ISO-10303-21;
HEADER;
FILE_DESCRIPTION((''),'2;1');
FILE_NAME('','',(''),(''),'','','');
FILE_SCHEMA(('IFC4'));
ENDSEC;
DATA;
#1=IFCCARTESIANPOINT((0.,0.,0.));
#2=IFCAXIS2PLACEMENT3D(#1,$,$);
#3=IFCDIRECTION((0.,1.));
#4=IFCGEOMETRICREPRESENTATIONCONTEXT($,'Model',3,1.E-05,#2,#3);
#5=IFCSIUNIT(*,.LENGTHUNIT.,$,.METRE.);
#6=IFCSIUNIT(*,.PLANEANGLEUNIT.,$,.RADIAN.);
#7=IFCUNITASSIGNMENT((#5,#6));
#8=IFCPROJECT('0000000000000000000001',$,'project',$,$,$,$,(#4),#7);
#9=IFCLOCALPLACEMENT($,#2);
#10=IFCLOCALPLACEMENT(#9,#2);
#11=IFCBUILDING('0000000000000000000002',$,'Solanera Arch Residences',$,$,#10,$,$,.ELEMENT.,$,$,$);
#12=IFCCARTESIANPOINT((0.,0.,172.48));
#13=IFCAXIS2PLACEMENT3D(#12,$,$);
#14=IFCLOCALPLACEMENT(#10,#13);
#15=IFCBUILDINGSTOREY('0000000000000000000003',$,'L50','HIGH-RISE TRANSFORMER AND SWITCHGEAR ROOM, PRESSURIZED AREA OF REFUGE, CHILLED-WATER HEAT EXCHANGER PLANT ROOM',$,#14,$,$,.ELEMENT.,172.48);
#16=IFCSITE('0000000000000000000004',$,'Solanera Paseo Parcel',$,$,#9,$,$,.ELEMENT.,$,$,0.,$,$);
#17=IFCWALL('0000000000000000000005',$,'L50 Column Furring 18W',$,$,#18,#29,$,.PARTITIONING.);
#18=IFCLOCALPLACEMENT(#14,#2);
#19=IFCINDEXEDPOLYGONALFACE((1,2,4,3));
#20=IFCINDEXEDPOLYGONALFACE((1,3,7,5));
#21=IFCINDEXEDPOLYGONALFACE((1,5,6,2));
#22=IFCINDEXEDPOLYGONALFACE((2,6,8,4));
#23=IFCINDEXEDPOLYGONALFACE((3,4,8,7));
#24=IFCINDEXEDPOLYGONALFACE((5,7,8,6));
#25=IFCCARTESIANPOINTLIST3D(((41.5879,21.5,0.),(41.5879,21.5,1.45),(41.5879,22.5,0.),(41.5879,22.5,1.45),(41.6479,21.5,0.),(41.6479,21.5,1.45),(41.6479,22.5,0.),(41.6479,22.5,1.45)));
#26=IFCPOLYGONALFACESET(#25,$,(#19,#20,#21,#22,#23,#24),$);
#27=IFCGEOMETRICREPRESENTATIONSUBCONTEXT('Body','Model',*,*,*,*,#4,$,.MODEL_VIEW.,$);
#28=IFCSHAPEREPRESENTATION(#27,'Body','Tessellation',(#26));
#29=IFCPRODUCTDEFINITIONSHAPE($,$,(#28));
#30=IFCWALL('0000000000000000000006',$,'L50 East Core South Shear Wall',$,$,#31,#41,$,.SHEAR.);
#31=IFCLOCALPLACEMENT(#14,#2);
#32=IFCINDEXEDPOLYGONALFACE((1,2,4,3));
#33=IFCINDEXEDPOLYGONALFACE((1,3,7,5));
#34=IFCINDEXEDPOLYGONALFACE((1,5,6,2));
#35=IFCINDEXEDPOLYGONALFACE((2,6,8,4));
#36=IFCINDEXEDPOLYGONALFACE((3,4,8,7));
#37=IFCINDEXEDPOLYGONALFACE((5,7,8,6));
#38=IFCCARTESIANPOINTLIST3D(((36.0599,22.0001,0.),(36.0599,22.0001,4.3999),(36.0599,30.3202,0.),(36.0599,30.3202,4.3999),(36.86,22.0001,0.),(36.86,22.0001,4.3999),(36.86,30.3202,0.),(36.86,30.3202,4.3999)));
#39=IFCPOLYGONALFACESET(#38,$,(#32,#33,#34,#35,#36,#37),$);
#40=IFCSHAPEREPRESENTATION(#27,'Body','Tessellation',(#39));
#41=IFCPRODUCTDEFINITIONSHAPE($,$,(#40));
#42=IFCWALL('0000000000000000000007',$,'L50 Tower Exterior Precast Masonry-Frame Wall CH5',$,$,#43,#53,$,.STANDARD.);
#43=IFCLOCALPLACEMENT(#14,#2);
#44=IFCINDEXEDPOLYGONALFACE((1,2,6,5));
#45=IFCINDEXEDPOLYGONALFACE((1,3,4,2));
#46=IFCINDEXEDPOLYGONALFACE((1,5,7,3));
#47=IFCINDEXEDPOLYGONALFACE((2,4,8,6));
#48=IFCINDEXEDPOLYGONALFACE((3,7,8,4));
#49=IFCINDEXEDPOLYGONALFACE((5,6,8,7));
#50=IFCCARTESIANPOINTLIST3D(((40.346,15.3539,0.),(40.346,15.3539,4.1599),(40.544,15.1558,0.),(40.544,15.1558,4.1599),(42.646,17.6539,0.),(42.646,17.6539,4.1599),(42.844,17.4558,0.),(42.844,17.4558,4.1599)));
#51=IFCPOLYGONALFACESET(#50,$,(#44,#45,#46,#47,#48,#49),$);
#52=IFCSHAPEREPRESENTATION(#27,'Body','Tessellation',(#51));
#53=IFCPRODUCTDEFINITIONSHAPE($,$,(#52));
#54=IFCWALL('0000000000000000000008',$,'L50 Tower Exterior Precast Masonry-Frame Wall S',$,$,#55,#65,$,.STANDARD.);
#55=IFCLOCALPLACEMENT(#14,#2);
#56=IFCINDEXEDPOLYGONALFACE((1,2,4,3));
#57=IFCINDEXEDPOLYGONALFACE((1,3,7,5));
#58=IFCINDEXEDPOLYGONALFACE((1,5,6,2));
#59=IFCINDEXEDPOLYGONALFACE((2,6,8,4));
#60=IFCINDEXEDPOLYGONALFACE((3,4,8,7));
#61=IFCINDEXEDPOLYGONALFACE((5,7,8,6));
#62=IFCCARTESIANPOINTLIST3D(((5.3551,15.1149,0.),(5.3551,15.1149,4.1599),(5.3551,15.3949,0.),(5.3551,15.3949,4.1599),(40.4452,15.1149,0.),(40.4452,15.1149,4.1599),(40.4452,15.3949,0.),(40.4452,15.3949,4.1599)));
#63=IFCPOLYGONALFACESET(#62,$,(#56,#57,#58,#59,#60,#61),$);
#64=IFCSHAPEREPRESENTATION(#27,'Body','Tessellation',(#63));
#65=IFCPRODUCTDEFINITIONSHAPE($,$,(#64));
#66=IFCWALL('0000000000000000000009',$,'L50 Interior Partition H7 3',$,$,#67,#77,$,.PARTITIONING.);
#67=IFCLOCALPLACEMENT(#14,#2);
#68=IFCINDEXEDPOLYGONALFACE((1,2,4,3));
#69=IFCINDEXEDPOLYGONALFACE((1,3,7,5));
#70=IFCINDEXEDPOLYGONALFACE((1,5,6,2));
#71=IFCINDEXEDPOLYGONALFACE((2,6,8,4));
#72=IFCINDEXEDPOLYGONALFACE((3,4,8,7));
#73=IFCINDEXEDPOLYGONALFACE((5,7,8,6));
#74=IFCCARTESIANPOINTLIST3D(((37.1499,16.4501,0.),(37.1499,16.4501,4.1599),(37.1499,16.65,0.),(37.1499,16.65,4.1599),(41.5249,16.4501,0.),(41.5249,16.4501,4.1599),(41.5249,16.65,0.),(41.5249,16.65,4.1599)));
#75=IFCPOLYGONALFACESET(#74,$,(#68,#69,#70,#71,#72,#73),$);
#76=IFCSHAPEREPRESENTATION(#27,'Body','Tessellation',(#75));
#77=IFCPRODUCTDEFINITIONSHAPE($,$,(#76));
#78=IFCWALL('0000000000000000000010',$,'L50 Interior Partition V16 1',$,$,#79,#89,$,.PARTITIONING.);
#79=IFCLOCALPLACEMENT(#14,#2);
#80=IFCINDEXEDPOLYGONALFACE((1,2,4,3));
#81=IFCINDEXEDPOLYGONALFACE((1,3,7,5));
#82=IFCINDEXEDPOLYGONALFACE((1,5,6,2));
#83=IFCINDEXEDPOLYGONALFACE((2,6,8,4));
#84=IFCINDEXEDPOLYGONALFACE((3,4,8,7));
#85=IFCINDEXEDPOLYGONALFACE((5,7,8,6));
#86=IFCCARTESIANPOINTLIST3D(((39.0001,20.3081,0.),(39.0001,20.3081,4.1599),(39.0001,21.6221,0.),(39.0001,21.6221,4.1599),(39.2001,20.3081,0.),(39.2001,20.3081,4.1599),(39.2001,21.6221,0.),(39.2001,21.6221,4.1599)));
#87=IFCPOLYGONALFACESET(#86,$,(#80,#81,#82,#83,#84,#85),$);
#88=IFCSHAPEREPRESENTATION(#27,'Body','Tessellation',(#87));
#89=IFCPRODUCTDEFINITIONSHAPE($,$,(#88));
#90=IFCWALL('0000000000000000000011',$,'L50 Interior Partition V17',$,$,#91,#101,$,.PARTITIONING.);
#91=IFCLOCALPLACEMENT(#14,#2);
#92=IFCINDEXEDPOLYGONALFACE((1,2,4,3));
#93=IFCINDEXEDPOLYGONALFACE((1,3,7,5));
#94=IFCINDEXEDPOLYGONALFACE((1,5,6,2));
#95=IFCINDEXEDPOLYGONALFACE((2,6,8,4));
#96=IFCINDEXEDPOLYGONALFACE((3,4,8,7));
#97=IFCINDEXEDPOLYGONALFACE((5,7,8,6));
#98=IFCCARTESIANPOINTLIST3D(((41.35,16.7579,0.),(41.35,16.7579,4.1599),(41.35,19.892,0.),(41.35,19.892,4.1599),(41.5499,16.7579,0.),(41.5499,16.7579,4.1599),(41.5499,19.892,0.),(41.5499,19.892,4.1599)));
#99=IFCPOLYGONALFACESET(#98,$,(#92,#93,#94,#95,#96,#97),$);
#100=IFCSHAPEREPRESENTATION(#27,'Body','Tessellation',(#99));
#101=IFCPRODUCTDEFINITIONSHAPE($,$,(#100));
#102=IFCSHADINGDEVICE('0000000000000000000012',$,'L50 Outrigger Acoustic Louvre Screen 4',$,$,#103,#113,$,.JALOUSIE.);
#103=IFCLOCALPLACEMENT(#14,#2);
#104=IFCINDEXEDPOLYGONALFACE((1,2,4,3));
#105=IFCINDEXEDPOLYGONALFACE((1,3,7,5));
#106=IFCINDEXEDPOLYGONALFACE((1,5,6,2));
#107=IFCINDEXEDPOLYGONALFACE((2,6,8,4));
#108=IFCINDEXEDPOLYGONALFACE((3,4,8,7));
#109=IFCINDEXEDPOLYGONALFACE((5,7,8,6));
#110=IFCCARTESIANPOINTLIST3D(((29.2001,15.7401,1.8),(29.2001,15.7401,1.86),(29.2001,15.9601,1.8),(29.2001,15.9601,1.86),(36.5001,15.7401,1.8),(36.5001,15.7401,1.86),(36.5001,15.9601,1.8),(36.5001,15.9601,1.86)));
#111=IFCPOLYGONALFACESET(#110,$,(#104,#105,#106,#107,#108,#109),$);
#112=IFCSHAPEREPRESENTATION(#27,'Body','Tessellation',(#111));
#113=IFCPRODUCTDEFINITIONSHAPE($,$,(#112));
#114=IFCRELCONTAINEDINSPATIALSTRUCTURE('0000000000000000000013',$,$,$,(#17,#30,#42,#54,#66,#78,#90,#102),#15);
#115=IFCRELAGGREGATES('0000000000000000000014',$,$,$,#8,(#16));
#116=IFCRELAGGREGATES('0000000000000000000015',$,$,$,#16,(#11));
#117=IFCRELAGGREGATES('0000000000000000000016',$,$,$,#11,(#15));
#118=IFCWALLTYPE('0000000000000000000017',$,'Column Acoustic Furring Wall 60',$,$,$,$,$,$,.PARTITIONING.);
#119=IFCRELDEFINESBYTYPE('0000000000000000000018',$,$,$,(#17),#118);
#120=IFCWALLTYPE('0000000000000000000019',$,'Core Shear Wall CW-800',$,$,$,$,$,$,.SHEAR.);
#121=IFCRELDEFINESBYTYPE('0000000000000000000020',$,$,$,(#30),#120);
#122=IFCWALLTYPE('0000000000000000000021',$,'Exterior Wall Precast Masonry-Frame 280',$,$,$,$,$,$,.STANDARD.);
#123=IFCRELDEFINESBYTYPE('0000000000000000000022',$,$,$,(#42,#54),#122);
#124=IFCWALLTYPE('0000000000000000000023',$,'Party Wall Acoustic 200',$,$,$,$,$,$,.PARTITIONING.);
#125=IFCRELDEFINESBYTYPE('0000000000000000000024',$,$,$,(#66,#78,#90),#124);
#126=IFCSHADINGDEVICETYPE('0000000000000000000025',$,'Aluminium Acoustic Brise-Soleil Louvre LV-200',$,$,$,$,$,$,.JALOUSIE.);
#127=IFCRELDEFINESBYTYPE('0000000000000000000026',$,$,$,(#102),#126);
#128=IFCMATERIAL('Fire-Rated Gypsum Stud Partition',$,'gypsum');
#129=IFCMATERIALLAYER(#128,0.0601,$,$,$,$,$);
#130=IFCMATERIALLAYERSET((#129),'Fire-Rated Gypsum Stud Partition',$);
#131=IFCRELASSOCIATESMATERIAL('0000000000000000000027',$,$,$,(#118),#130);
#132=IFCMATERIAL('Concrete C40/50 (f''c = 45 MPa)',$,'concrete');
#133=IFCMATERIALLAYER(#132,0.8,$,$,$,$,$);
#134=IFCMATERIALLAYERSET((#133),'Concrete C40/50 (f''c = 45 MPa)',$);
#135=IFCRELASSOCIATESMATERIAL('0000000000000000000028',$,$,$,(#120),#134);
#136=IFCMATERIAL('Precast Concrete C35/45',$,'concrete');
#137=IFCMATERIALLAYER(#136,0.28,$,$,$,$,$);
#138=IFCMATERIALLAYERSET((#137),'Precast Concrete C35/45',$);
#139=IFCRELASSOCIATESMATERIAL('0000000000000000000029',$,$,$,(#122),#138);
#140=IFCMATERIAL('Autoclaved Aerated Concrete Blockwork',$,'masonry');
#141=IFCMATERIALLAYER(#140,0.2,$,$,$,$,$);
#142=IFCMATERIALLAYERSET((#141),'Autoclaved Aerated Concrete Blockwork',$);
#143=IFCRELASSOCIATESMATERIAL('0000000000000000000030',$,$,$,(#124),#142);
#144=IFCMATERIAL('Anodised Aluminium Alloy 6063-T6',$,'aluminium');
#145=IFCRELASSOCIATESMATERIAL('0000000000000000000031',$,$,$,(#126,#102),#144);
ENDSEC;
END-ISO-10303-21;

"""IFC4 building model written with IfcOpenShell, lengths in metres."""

from ifc_helpers import new_model, si_unit, direction, frame, frame_2d, origin, origin_2d, place, context, subcontext, project, spatial, rectangle, extrude, material, layer, layer_set, type_object, element, save


model = new_model("IFC4")

# Units and contexts
model_context = context("Model", 3, precision=1e-05, world=origin(), true_north=direction((0.0, 1.0)))
body_context = subcontext(model_context, "Body", "Model", "MODEL_VIEW")
ifc_project = project(units=[si_unit("LENGTHUNIT", "METRE"), si_unit("PLANEANGLEUNIT", "RADIAN")], contexts=[model_context])

# Site, building, storey
site_placement = place(None, origin())
site = spatial("IfcSite", under=ifc_project, at=site_placement, Name="Solanera Paseo Parcel", CompositionType="ELEMENT", RefElevation=0.0)
building_placement = place(site_placement, origin())
building = spatial("IfcBuilding", under=site, at=building_placement, Name="Solanera Arch Residences", CompositionType="ELEMENT")
storey_placement = place(building_placement, frame((0.0, 0.0, 172.48)))
storey = spatial("IfcBuildingStorey", under=building, at=storey_placement, Name="L50", Description="HIGH-RISE TRANSFORMER AND SWITCHGEAR ROOM, PRESSURIZED AREA OF REFUGE, CHILLED-WATER HEAT EXCHANGER PLANT ROOM", CompositionType="ELEMENT", Elevation=172.48)

# Walls
ifc_material_1 = material(Name="Fire-Rated Gypsum Stud Partition", Category="gypsum")
ifc_layer_1 = layer(ifc_material_1, 0.0601)
ifc_layer_set_1 = layer_set([ifc_layer_1], Name="Fire-Rated Gypsum Stud Partition")
wall_type_1 = type_object("IfcWallType", Name="Column Acoustic Furring Wall 60", PredefinedType="PARTITIONING", material=ifc_layer_set_1)
wall_1_placement = place(storey_placement, frame((41.6179, 21.5, 0.0), z_axis=(0.0, 0.0, 1.0), x_axis=(0.0, 1.0, 0.0)))
element("IfcWall", 1, at=wall_1_placement, inside=storey, type_object=wall_type_1, Name="L50 Column Furring 18W", PredefinedType="PARTITIONING", context=body_context, shape_type="SweptSolid", body=[
    extrude(rectangle(XDim=1.0, YDim=0.0601, at=frame_2d((0.5, 0.0))), origin(), (0.0, 0.0, 1.0), 1.45),
])
ifc_material_2 = material(Name="Concrete C40/50 (f'c = 45 MPa)", Category="concrete")
ifc_layer_2 = layer(ifc_material_2, 0.8)
ifc_layer_set_2 = layer_set([ifc_layer_2], Name="Concrete C40/50 (f'c = 45 MPa)")
wall_type_2 = type_object("IfcWallType", Name="Core Shear Wall CW-800", PredefinedType="SHEAR", material=ifc_layer_set_2)
wall_2_placement = place(storey_placement, frame((36.46, 22.0, 0.0), z_axis=(0.0, 0.0, 1.0), x_axis=(0.0, 1.0, 0.0)))
element("IfcWall", 2, at=wall_2_placement, inside=storey, type_object=wall_type_2, Name="L50 East Core South Shear Wall", PredefinedType="SHEAR", context=body_context, shape_type="SweptSolid", body=[
    extrude(rectangle(XDim=8.3201, YDim=0.8, at=frame_2d((4.1602, 0.0))), origin(), (0.0, 0.0, 1.0), 4.3999),
])
ifc_material_3 = material(Name="Precast Concrete C35/45", Category="concrete")
ifc_layer_3 = layer(ifc_material_3, 0.28)
ifc_layer_set_3 = layer_set([ifc_layer_3], Name="Precast Concrete C35/45")
wall_type_3 = type_object("IfcWallType", Name="Exterior Wall Precast Masonry-Frame 280", PredefinedType="STANDARD", material=ifc_layer_set_3)
wall_3_placement = place(storey_placement, frame((42.7451, 17.5549, 0.0), z_axis=(0.0, 0.0, 1.0), x_axis=(-0.707107, -0.707107, 0.0)))
element("IfcWall", 3, at=wall_3_placement, inside=storey, type_object=wall_type_3, Name="L50 Tower Exterior Precast Masonry-Frame Wall CH5", PredefinedType="STANDARD", context=body_context, shape_type="SweptSolid", body=[
    extrude(rectangle(XDim=3.2527, YDim=0.28, at=frame_2d((1.6265, 0.0))), origin(), (0.0, 0.0, 1.0), 4.1599),
])
wall_4_placement = place(storey_placement, frame((40.4451, 15.2549, 0.0), z_axis=(0.0, 0.0, 1.0), x_axis=(-1.0, 0.0, 0.0)))
element("IfcWall", 4, at=wall_4_placement, inside=storey, type_object=wall_type_3, Name="L50 Tower Exterior Precast Masonry-Frame Wall S", PredefinedType="STANDARD", context=body_context, shape_type="SweptSolid", body=[
    extrude(rectangle(XDim=35.0901, YDim=0.28, at=frame_2d((17.5449, 0.0))), origin(), (0.0, 0.0, 1.0), 4.1599),
])
ifc_material_4 = material(Name="Autoclaved Aerated Concrete Blockwork", Category="masonry")
ifc_layer_4 = layer(ifc_material_4, 0.2)
ifc_layer_set_4 = layer_set([ifc_layer_4], Name="Autoclaved Aerated Concrete Blockwork")
wall_type_4 = type_object("IfcWallType", Name="Party Wall Acoustic 200", PredefinedType="PARTITIONING", material=ifc_layer_set_4)
wall_5_placement = place(storey_placement, frame((37.1499, 16.55, 0.0), z_axis=(0.0, 0.0, 1.0), x_axis=(1.0, 0.0, 0.0)))
element("IfcWall", 5, at=wall_5_placement, inside=storey, type_object=wall_type_4, Name="L50 Interior Partition H7 3", PredefinedType="PARTITIONING", context=body_context, shape_type="SweptSolid", body=[
    extrude(rectangle(XDim=4.375, YDim=0.2, at=frame_2d((2.1875, 0.0))), origin(), (0.0, 0.0, 1.0), 4.1599),
])
wall_6_placement = place(storey_placement, frame((39.1001, 20.3081, 0.0), z_axis=(0.0, 0.0, 1.0), x_axis=(0.0, 1.0, 0.0)))
element("IfcWall", 6, at=wall_6_placement, inside=storey, type_object=wall_type_4, Name="L50 Interior Partition V16 1", PredefinedType="PARTITIONING", context=body_context, shape_type="SweptSolid", body=[
    extrude(rectangle(XDim=1.314, YDim=0.2, at=frame_2d((0.657, 0.0))), origin(), (0.0, 0.0, 1.0), 4.1599),
])
wall_7_placement = place(storey_placement, frame((41.45, 16.7581, 0.0), z_axis=(0.0, 0.0, 1.0), x_axis=(0.0, 1.0, 0.0)))
element("IfcWall", 7, at=wall_7_placement, inside=storey, type_object=wall_type_4, Name="L50 Interior Partition V17", PredefinedType="PARTITIONING", context=body_context, shape_type="SweptSolid", body=[
    extrude(rectangle(XDim=3.134, YDim=0.2, at=frame_2d((1.5669, 0.0))), origin(), (0.0, 0.0, 1.0), 4.1599),
])

# Shading device
ifc_material_5 = material(Name="Anodised Aluminium Alloy 6063-T6", Category="aluminium")
shading_device_type = type_object("IfcShadingDeviceType", Name="Aluminium Acoustic Brise-Soleil Louvre LV-200", PredefinedType="JALOUSIE", material=ifc_material_5)
shading_device_placement = place(storey_placement, frame((32.8501, 15.8501, 1.8)))
element("IfcShadingDevice", 8, at=shading_device_placement, inside=storey, type_object=shading_device_type, material=ifc_material_5, Name="L50 Outrigger Acoustic Louvre Screen 4", PredefinedType="JALOUSIE", context=body_context, shape_type="SweptSolid", body=[
    extrude(rectangle(XDim=7.3, YDim=0.22, at=origin_2d()), origin(), (0.0, 0.0, 1.0), 0.06),
])

save(model, "model.ifc")
